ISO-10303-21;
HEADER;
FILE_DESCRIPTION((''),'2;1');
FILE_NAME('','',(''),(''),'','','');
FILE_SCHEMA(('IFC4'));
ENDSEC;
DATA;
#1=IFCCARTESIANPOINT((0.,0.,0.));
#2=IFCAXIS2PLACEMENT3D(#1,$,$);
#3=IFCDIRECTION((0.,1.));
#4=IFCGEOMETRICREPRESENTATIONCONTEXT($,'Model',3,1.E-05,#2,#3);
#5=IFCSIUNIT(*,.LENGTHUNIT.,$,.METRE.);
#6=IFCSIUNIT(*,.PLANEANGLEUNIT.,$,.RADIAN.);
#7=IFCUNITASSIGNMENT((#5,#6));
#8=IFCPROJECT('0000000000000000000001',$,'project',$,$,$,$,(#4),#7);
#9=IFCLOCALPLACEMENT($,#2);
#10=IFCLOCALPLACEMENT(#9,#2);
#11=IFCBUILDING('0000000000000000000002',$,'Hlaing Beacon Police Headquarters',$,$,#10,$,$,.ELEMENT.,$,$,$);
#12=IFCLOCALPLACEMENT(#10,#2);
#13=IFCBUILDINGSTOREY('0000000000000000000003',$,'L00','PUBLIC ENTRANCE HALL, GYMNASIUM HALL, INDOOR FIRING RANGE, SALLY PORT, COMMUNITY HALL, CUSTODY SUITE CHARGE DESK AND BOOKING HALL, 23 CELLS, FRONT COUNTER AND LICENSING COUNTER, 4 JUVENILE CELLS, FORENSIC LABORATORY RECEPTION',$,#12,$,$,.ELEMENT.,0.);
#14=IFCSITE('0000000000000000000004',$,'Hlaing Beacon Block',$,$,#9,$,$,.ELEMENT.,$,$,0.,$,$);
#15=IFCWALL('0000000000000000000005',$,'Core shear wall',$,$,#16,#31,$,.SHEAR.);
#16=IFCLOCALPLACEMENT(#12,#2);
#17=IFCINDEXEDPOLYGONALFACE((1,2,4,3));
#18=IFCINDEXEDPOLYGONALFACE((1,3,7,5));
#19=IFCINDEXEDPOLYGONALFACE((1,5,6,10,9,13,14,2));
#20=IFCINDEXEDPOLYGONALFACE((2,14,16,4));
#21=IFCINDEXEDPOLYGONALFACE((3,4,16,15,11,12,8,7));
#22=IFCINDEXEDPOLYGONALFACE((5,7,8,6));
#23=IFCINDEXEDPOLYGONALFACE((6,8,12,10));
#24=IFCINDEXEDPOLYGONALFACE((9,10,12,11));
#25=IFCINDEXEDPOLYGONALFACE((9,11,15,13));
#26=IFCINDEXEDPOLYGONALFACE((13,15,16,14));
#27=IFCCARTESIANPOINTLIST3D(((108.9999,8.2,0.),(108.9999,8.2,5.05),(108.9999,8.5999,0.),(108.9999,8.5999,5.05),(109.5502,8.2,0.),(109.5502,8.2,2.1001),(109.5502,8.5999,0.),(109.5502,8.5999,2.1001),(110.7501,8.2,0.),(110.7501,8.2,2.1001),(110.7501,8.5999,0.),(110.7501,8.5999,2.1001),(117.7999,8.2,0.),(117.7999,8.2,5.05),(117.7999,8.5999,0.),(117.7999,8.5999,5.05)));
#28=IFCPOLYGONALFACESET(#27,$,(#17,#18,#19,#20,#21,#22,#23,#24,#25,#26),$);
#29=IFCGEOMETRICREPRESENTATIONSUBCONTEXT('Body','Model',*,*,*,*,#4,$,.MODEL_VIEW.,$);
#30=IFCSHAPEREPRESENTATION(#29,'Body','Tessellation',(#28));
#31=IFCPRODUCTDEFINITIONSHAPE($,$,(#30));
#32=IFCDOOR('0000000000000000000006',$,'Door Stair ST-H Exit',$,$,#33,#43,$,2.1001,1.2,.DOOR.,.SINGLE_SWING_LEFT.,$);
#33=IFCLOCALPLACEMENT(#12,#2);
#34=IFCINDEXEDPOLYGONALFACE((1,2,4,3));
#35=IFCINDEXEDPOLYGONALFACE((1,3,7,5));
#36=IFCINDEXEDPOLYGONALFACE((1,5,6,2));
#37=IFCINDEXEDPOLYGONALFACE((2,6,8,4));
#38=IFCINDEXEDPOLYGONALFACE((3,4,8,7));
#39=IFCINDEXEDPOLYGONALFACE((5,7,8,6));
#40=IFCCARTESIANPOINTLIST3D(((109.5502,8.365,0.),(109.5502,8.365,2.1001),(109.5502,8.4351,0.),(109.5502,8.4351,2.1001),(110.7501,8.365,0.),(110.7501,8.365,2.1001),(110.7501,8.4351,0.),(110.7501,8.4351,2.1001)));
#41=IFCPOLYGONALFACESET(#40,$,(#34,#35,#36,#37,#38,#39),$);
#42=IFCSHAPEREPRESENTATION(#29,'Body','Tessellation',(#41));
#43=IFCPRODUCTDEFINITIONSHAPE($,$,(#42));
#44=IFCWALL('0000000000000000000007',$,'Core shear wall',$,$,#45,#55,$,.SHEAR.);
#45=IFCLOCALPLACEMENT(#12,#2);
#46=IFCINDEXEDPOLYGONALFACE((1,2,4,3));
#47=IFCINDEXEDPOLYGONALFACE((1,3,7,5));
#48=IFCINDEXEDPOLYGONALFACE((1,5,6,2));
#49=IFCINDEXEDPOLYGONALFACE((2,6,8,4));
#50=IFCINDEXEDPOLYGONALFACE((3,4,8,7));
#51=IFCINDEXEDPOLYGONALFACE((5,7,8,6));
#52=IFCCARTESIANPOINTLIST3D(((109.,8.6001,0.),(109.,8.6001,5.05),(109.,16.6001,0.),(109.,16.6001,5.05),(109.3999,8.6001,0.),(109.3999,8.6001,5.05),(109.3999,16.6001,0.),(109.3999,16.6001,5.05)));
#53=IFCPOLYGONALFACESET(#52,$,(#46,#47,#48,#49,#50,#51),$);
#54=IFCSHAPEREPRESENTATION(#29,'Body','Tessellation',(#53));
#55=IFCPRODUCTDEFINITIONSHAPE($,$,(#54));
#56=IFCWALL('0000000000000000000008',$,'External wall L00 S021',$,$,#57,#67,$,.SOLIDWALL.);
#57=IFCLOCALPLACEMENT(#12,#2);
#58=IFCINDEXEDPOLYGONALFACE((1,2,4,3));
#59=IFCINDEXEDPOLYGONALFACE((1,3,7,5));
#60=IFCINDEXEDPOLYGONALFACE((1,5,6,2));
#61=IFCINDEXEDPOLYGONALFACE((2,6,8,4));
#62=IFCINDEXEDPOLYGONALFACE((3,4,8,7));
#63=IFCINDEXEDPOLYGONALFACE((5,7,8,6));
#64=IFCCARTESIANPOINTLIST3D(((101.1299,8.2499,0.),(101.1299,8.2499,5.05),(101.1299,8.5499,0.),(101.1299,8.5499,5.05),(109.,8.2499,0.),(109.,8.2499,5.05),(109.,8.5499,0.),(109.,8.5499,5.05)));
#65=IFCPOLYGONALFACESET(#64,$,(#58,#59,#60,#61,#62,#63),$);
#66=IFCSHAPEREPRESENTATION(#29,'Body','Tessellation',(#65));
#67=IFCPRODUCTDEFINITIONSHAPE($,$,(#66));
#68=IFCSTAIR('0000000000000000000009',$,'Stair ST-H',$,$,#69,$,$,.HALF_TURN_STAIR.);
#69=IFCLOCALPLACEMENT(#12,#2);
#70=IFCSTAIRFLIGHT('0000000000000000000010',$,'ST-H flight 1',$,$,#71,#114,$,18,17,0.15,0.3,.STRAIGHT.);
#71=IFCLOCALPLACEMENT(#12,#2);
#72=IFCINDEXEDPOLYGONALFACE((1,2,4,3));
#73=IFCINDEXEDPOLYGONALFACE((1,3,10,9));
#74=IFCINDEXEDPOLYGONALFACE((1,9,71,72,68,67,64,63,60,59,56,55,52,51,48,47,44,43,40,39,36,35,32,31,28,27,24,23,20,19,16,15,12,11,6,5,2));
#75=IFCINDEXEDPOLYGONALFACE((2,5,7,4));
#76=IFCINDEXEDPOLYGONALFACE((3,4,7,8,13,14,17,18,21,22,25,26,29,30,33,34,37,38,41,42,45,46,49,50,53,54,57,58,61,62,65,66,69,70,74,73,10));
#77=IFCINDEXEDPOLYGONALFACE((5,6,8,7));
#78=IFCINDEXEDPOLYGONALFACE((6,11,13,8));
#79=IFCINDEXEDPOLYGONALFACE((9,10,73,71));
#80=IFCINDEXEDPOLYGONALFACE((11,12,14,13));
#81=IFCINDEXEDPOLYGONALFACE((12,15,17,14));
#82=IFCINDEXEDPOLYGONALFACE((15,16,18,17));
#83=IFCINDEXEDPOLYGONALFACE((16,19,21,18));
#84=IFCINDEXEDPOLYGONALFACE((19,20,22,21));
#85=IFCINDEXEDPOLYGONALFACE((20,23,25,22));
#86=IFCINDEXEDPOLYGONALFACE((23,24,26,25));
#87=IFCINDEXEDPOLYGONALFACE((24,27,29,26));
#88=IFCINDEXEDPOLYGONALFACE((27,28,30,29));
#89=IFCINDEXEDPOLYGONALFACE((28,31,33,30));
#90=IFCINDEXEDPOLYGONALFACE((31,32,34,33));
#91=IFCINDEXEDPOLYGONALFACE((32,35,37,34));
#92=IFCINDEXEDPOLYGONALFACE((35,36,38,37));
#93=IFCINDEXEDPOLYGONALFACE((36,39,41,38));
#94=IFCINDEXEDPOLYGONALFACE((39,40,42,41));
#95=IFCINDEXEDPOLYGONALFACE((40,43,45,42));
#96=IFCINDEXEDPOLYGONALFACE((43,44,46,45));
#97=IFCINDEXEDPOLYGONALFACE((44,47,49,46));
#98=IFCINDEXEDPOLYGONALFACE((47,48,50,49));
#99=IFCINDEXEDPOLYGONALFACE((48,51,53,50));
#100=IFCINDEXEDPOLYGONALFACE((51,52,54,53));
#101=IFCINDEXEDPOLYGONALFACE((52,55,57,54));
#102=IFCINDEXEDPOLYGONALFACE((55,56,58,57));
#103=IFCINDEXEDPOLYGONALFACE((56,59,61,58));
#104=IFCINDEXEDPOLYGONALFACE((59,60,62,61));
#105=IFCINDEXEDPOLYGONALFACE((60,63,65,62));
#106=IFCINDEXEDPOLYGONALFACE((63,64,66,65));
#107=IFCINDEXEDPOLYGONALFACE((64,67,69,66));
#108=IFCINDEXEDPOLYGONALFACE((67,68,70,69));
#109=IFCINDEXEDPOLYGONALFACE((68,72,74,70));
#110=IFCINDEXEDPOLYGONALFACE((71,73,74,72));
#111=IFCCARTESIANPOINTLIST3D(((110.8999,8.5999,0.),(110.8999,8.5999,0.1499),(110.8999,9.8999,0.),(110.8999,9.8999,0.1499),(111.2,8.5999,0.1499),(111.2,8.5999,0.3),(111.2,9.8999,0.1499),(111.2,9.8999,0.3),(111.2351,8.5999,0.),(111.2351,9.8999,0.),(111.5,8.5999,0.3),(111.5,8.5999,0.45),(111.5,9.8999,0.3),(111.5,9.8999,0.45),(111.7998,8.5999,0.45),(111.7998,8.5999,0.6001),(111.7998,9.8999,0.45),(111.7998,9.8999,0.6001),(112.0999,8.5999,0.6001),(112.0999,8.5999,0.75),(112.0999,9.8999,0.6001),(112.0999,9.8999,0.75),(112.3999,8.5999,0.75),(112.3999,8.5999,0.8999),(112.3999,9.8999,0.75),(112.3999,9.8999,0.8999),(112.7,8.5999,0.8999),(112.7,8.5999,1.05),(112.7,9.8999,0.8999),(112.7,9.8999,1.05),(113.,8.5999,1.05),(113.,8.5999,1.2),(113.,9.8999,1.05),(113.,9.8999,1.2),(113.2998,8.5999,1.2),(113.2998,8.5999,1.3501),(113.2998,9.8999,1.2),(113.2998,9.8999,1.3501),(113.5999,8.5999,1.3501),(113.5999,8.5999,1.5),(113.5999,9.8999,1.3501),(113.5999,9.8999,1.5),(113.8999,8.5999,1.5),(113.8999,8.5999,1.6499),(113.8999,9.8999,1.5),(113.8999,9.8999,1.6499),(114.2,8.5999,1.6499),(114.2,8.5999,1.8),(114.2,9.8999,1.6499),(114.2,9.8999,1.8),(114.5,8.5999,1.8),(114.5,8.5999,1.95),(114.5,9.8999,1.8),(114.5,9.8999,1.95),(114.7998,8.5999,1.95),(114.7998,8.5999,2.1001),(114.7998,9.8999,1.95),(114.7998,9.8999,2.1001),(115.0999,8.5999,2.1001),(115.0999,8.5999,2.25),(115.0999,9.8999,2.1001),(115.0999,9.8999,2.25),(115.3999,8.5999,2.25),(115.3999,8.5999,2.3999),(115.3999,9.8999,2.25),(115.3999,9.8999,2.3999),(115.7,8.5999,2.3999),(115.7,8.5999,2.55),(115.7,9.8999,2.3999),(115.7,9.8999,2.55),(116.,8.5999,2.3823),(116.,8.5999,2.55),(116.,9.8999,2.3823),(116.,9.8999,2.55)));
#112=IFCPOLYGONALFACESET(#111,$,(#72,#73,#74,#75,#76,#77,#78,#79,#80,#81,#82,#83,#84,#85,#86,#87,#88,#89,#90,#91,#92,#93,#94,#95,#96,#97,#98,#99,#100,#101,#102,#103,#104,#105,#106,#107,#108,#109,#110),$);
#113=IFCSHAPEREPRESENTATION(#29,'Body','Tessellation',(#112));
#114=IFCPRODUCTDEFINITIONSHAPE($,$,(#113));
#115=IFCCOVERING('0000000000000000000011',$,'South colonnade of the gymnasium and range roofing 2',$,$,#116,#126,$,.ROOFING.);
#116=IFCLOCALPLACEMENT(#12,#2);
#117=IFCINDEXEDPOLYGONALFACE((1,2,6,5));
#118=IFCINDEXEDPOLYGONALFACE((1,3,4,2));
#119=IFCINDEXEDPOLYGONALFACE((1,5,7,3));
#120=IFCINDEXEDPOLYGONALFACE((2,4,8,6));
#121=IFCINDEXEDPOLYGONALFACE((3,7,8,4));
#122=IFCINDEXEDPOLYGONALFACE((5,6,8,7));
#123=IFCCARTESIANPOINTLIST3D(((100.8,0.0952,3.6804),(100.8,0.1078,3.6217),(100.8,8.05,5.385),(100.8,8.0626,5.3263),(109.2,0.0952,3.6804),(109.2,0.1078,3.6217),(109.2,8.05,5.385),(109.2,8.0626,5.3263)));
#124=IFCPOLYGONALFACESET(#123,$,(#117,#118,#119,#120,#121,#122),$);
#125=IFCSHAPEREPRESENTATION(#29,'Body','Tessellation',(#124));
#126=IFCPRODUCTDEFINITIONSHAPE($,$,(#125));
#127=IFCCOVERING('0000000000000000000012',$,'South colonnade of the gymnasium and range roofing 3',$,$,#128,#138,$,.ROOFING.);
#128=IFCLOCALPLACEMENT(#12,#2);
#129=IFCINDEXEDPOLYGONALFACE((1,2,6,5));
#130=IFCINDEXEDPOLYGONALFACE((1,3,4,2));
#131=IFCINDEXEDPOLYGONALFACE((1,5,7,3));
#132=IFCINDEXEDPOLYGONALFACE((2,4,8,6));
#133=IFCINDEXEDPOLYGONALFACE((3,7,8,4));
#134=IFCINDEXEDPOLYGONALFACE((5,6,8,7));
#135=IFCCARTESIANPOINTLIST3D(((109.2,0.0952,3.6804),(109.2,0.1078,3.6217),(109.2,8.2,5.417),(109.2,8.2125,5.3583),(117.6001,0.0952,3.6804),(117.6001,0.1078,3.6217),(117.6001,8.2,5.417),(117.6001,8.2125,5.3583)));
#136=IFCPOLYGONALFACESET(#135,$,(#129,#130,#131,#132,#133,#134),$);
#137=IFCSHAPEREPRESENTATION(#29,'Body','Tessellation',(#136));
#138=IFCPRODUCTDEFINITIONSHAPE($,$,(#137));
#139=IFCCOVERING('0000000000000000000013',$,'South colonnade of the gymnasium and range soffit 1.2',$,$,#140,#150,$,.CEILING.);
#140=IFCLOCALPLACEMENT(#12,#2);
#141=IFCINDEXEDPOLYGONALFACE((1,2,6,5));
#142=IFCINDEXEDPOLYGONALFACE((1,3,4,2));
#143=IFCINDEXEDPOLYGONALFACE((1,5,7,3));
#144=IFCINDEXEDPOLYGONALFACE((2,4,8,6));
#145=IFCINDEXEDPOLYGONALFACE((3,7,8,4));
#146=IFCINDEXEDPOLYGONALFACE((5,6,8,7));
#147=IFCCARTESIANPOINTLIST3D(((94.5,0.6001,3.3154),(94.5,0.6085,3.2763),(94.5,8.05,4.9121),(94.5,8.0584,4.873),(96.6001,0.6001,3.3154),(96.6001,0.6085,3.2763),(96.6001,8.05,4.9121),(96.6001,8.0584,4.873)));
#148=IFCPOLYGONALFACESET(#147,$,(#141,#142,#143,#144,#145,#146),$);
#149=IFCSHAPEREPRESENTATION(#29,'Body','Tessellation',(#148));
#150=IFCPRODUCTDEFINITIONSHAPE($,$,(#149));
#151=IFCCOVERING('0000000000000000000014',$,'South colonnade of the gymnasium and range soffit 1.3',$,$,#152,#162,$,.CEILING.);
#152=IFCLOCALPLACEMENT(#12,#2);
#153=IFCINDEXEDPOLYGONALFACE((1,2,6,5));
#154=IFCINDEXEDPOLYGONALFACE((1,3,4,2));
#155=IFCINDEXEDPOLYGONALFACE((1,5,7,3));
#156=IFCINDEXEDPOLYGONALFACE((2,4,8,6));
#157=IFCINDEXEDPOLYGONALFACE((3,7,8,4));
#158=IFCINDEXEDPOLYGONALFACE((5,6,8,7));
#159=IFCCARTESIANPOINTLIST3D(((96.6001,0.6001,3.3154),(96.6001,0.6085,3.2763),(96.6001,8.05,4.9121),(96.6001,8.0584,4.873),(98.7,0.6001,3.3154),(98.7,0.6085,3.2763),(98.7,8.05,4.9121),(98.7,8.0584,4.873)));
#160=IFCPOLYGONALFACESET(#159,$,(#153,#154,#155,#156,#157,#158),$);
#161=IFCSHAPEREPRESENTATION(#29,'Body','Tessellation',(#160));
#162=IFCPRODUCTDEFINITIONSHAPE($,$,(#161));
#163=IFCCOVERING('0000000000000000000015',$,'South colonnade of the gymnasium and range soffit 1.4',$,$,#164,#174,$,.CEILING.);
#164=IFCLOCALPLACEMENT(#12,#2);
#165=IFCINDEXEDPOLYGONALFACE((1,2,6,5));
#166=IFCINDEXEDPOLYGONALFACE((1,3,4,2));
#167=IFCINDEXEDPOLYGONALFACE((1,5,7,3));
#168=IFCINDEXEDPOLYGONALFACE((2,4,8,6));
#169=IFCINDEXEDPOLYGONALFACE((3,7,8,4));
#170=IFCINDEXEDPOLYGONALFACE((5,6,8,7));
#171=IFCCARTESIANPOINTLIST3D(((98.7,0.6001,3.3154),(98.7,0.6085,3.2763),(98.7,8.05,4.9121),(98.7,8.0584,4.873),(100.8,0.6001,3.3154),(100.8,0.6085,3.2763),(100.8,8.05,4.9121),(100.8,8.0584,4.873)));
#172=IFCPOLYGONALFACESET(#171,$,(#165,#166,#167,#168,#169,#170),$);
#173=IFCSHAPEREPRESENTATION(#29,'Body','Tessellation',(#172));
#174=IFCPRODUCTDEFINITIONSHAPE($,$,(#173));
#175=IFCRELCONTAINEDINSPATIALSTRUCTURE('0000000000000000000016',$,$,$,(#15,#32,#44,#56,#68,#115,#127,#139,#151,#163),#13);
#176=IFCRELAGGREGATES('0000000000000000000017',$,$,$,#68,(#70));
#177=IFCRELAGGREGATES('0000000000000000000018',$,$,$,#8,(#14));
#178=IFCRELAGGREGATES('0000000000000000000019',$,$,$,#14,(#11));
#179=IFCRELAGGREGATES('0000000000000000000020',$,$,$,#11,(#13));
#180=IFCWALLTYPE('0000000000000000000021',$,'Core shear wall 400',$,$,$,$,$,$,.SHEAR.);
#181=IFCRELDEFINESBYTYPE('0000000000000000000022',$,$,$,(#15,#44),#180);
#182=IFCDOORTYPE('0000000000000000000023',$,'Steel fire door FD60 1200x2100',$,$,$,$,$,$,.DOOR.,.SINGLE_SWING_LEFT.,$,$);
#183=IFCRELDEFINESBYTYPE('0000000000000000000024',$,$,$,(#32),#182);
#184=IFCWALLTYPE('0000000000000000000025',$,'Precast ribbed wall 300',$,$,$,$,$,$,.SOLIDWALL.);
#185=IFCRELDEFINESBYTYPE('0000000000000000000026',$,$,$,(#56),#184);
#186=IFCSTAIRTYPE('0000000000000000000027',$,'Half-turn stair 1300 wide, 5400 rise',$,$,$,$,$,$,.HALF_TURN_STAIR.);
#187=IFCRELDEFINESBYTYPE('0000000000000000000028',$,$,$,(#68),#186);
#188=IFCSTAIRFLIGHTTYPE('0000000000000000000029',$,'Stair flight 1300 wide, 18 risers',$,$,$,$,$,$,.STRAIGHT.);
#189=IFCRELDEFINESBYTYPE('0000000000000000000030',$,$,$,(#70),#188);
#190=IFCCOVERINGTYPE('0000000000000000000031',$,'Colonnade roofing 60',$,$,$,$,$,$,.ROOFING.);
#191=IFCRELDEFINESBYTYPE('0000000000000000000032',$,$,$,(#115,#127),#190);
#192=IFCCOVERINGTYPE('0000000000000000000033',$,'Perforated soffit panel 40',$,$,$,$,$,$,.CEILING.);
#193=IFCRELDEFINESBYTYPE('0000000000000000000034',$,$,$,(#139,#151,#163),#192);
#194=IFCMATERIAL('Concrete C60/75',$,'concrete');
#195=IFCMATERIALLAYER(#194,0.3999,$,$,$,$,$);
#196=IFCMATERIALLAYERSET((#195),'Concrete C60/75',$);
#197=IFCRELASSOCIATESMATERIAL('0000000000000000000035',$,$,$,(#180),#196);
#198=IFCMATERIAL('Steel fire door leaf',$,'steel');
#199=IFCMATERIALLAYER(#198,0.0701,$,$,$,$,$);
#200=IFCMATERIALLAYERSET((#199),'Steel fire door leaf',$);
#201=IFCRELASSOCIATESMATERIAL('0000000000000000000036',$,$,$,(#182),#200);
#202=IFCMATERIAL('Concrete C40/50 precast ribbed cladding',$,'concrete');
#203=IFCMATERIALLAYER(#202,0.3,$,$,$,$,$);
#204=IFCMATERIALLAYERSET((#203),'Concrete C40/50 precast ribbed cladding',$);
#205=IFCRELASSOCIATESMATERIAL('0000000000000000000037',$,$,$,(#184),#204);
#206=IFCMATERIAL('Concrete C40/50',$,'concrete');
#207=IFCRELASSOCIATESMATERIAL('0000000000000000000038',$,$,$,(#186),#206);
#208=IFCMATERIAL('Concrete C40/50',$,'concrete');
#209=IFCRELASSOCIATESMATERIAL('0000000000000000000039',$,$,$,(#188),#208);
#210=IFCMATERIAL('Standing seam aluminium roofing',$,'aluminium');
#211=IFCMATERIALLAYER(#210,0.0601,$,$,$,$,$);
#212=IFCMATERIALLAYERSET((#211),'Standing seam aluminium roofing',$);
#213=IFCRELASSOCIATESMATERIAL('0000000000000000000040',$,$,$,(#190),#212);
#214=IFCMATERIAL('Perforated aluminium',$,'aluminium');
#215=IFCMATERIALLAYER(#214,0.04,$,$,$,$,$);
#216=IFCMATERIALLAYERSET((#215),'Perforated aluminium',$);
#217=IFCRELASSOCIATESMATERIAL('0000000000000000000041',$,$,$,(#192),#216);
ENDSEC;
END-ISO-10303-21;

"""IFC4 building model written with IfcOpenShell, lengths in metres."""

from ifc_helpers import new_model, si_unit, direction, frame, frame_2d, origin, place, context, subcontext, project, spatial, polyline, rectangle, outline, extrude, material, layer, layer_set, type_object, element, fill, aggregate, save


model = new_model("IFC4")

# Units and contexts
model_context = context("Model", 3, precision=1e-05, world=origin(), true_north=direction((0.0, 1.0)))
body_context = subcontext(model_context, "Body", "Model", "MODEL_VIEW")
ifc_project = project(units=[si_unit("LENGTHUNIT", "METRE"), si_unit("PLANEANGLEUNIT", "RADIAN")], contexts=[model_context])

# Site, building, storey
site_placement = place(None, origin())
site = spatial("IfcSite", under=ifc_project, at=site_placement, Name="Hlaing Beacon Block", CompositionType="ELEMENT", RefElevation=0.0)
building_placement = place(site_placement, origin())
building = spatial("IfcBuilding", under=site, at=building_placement, Name="Hlaing Beacon Police Headquarters", CompositionType="ELEMENT")
storey_placement = place(building_placement, origin())
storey = spatial("IfcBuildingStorey", under=building, at=storey_placement, Name="L00", Description="PUBLIC ENTRANCE HALL, GYMNASIUM HALL, INDOOR FIRING RANGE, SALLY PORT, COMMUNITY HALL, CUSTODY SUITE CHARGE DESK AND BOOKING HALL, 23 CELLS, FRONT COUNTER AND LICENSING COUNTER, 4 JUVENILE CELLS, FORENSIC LABORATORY RECEPTION", CompositionType="ELEMENT", Elevation=0.0)

# Wall, opening, door
ifc_material_1 = material(Name="Concrete C60/75", Category="concrete")
ifc_layer_1 = layer(ifc_material_1, 0.3999)
ifc_layer_set_1 = layer_set([ifc_layer_1], Name="Concrete C60/75")
wall_type_1 = type_object("IfcWallType", Name="Core shear wall 400", PredefinedType="SHEAR", material=ifc_layer_set_1)
wall_1_placement = place(storey_placement, frame((109.0, 8.3999, 0.0), z_axis=(0.0, 0.0, 1.0), x_axis=(1.0, 0.0, 0.0)))
wall_1 = element("IfcWall", 1, at=wall_1_placement, inside=storey, type_object=wall_type_1, Name="Core shear wall", PredefinedType="SHEAR", context=body_context, shape_type="SweptSolid", body=[
    extrude(rectangle(XDim=8.8, YDim=0.3999, at=frame_2d((4.3999, 0.0))), origin(), (0.0, 0.0, 1.0), 5.05),
])
opening_placement = place(wall_1_placement, frame((0.55, 0.0, 0.0)))
opening = element("IfcOpeningElement", 2, at=opening_placement, cuts=wall_1, PredefinedType="OPENING", context=body_context, shape_type="SweptSolid", body=[
    extrude(rectangle(XDim=1.2, YDim=2.1001, at=frame_2d((0.6001, 1.05))), frame((0.0, 0.21, 0.0), z_axis=(0.0, -1.0, 0.0), x_axis=(1.0, 0.0, 0.0)), (0.0, 0.0, 1.0), 0.4199),
])
ifc_material_2 = material(Name="Steel fire door leaf", Category="steel")
ifc_layer_2 = layer(ifc_material_2, 0.0701)
ifc_layer_set_2 = layer_set([ifc_layer_2], Name="Steel fire door leaf")
door_type = type_object("IfcDoorType", Name="Steel fire door FD60 1200x2100", OperationType="SINGLE_SWING_LEFT", PredefinedType="DOOR", material=ifc_layer_set_2)
door_placement = place(opening_placement, frame((1.2, 0.0, 0.0), z_axis=(0.0, 0.0, 1.0), x_axis=(-1.0, 0.0, 0.0)))
door = element("IfcDoor", 3, at=door_placement, inside=storey, type_object=door_type, Name="Door Stair ST-H Exit", OperationType="SINGLE_SWING_LEFT", OverallHeight=2.1001, OverallWidth=1.2, PredefinedType="DOOR", context=body_context, shape_type="SweptSolid", body=[
    extrude(rectangle(XDim=1.2, YDim=2.1001, at=frame_2d((0.5999, 1.05))), frame((0.0, 0.0349, 0.0), z_axis=(0.0, -1.0, 0.0), x_axis=(1.0, 0.0, 0.0)), (0.0, 0.0, 1.0), 0.0701),
])
fill(opening, door)

# Walls
wall_2_placement = place(storey_placement, frame((109.2, 8.6001, 0.0), z_axis=(0.0, 0.0, 1.0), x_axis=(0.0, 1.0, 0.0)))
element("IfcWall", 4, at=wall_2_placement, inside=storey, type_object=wall_type_1, Name="Core shear wall", PredefinedType="SHEAR", context=body_context, shape_type="SweptSolid", body=[
    extrude(rectangle(XDim=8.0, YDim=0.3999, at=frame_2d((4.0, 0.0))), origin(), (0.0, 0.0, 1.0), 5.05),
])
ifc_material_3 = material(Name="Concrete C40/50 precast ribbed cladding", Category="concrete")
ifc_layer_3 = layer(ifc_material_3, 0.3)
ifc_layer_set_3 = layer_set([ifc_layer_3], Name="Concrete C40/50 precast ribbed cladding")
wall_type_2 = type_object("IfcWallType", Name="Precast ribbed wall 300", PredefinedType="SOLIDWALL", material=ifc_layer_set_3)
wall_3_placement = place(storey_placement, frame((101.1299, 8.3999, 0.0), z_axis=(0.0, 0.0, 1.0), x_axis=(1.0, 0.0, 0.0)))
element("IfcWall", 5, at=wall_3_placement, inside=storey, type_object=wall_type_2, Name="External wall L00 S021", PredefinedType="SOLIDWALL", context=body_context, shape_type="SweptSolid", body=[
    extrude(rectangle(XDim=7.8701, YDim=0.3, at=frame_2d((3.9351, 0.0))), origin(), (0.0, 0.0, 1.0), 5.05),
])

# Stair, stair flight
ifc_material_4 = material(Name="Concrete C40/50", Category="concrete")
stair_type = type_object("IfcStairType", Name="Half-turn stair 1300 wide, 5400 rise", PredefinedType="HALF_TURN_STAIR", material=ifc_material_4)
stair_placement = place(storey_placement, origin())
stair = element("IfcStair", 6, at=stair_placement, inside=storey, type_object=stair_type, Name="Stair ST-H", PredefinedType="HALF_TURN_STAIR")
ifc_material_5 = material(Name="Concrete C40/50", Category="concrete")
stair_flight_type = type_object("IfcStairFlightType", Name="Stair flight 1300 wide, 18 risers", PredefinedType="STRAIGHT", material=ifc_material_5)
stair_flight_placement = place(storey_placement, frame((110.8999, 9.25, 0.0), z_axis=(0.0, 0.0, 1.0), x_axis=(1.0, 0.0, 0.0)))
stair_flight = element("IfcStairFlight", 7, at=stair_flight_placement, type_object=stair_flight_type, Name="ST-H flight 1", NumberOfRisers=18, NumberOfTreads=17, PredefinedType="STRAIGHT", RiserHeight=0.15, TreadLength=0.3, context=body_context, shape_type="SweptSolid", body=[
    extrude(outline(polyline([(0.0, 0.0), (0.0, 0.1499), (0.3, 0.1499), (0.3, 0.3), (0.6001, 0.3), (0.6001, 0.45), (0.8999, 0.45), (0.8999, 0.6001), (1.2, 0.6001), (1.2, 0.75), (1.5, 0.75), (1.5, 0.8999), (1.8, 0.8999), (1.8, 1.05), (2.1001, 1.05), (2.1001, 1.2), (2.3999, 1.2), (2.3999, 1.3501), (2.7, 1.3501), (2.7, 1.5), (3.0, 1.5), (3.0, 1.6499), (3.3, 1.6499), (3.3, 1.8), (3.6001, 1.8), (3.6001, 1.95), (3.8999, 1.95), (3.8999, 2.1001), (4.2, 2.1001), (4.2, 2.25), (4.5, 2.25), (4.5, 2.3999), (4.8, 2.3999), (4.8, 2.55), (5.1001, 2.55), (5.1001, 2.7), (5.1001, 2.3823), (0.3352, 0.0), (0.0, 0.0)])), frame((0.0, 0.6499, 0.0), z_axis=(0.0, -1.0, 0.0), x_axis=(1.0, 0.0, 0.0)), (0.0, 0.0, 1.0), 1.3),
])
aggregate(stair, [stair_flight])

# Coverings
ifc_material_6 = material(Name="Standing seam aluminium roofing", Category="aluminium")
ifc_layer_4 = layer(ifc_material_6, 0.0601)
ifc_layer_set_4 = layer_set([ifc_layer_4], Name="Standing seam aluminium roofing")
covering_type_1 = type_object("IfcCoveringType", Name="Colonnade roofing 60", PredefinedType="ROOFING", material=ifc_layer_set_4)
covering_1_placement = place(storey_placement, frame((100.8, 0.0952, 3.6804), z_axis=(0.0, -0.209527, 0.977803), x_axis=(1.0, 0.0, 0.0)))
element("IfcCovering", 8, at=covering_1_placement, inside=storey, type_object=covering_type_1, Name="South colonnade of the gymnasium and range roofing 2", PredefinedType="ROOFING", context=body_context, shape_type="SweptSolid", body=[
    extrude(outline(polyline([(0.0, 0.0), (8.3999, 0.0), (8.3999, 8.1354), (0.0, 8.1354), (0.0, 0.0)])), origin(), (0.0, 0.0, -1.0), 0.0601),
])
covering_2_placement = place(storey_placement, frame((109.2, 0.0952, 3.6804), z_axis=(0.0, -0.209511, 0.977806), x_axis=(1.0, 0.0, 0.0)))
element("IfcCovering", 9, at=covering_2_placement, inside=storey, type_object=covering_type_1, Name="South colonnade of the gymnasium and range roofing 3", PredefinedType="ROOFING", context=body_context, shape_type="SweptSolid", body=[
    extrude(outline(polyline([(0.0, 0.0), (8.4001, 0.0), (8.4001, 8.2887), (0.0, 8.2887), (0.0, 0.0)])), origin(), (0.0, 0.0, -1.0), 0.0601),
])
ifc_material_7 = material(Name="Perforated aluminium", Category="aluminium")
ifc_layer_5 = layer(ifc_material_7, 0.04)
ifc_layer_set_5 = layer_set([ifc_layer_5], Name="Perforated aluminium")
covering_type_2 = type_object("IfcCoveringType", Name="Perforated soffit panel 40", PredefinedType="CEILING", material=ifc_layer_set_5)
covering_3_placement = place(storey_placement, frame((94.5, 0.6001, 3.3154), z_axis=(0.0, -0.209562, 0.977795), x_axis=(1.0, 0.0, 0.0)))
element("IfcCovering", 10, at=covering_3_placement, inside=storey, type_object=covering_type_2, Name="South colonnade of the gymnasium and range soffit 1.2", PredefinedType="CEILING", context=body_context, shape_type="SweptSolid", body=[
    extrude(outline(polyline([(0.0, 0.0), (2.1001, 0.0), (2.1001, 7.6191), (0.0, 7.6191), (0.0, 0.0)])), origin(), (0.0, 0.0, -1.0), 0.04),
])
covering_4_placement = place(storey_placement, frame((96.6001, 0.6001, 3.3154), z_axis=(0.0, -0.209562, 0.977795), x_axis=(1.0, 0.0, 0.0)))
element("IfcCovering", 11, at=covering_4_placement, inside=storey, type_object=covering_type_2, Name="South colonnade of the gymnasium and range soffit 1.3", PredefinedType="CEILING", context=body_context, shape_type="SweptSolid", body=[
    extrude(outline(polyline([(0.0, 0.0), (2.0999, 0.0), (2.0999, 7.6191), (0.0, 7.6191), (0.0, 0.0)])), origin(), (0.0, 0.0, -1.0), 0.04),
])
covering_5_placement = place(storey_placement, frame((98.7, 0.6001, 3.3154), z_axis=(0.0, -0.209562, 0.977795), x_axis=(1.0, 0.0, 0.0)))
element("IfcCovering", 12, at=covering_5_placement, inside=storey, type_object=covering_type_2, Name="South colonnade of the gymnasium and range soffit 1.4", PredefinedType="CEILING", context=body_context, shape_type="SweptSolid", body=[
    extrude(outline(polyline([(0.0, 0.0), (2.1001, 0.0), (2.1001, 7.6191), (0.0, 7.6191), (0.0, 0.0)])), origin(), (0.0, 0.0, -1.0), 0.04),
])

save(model, "model.ifc")
